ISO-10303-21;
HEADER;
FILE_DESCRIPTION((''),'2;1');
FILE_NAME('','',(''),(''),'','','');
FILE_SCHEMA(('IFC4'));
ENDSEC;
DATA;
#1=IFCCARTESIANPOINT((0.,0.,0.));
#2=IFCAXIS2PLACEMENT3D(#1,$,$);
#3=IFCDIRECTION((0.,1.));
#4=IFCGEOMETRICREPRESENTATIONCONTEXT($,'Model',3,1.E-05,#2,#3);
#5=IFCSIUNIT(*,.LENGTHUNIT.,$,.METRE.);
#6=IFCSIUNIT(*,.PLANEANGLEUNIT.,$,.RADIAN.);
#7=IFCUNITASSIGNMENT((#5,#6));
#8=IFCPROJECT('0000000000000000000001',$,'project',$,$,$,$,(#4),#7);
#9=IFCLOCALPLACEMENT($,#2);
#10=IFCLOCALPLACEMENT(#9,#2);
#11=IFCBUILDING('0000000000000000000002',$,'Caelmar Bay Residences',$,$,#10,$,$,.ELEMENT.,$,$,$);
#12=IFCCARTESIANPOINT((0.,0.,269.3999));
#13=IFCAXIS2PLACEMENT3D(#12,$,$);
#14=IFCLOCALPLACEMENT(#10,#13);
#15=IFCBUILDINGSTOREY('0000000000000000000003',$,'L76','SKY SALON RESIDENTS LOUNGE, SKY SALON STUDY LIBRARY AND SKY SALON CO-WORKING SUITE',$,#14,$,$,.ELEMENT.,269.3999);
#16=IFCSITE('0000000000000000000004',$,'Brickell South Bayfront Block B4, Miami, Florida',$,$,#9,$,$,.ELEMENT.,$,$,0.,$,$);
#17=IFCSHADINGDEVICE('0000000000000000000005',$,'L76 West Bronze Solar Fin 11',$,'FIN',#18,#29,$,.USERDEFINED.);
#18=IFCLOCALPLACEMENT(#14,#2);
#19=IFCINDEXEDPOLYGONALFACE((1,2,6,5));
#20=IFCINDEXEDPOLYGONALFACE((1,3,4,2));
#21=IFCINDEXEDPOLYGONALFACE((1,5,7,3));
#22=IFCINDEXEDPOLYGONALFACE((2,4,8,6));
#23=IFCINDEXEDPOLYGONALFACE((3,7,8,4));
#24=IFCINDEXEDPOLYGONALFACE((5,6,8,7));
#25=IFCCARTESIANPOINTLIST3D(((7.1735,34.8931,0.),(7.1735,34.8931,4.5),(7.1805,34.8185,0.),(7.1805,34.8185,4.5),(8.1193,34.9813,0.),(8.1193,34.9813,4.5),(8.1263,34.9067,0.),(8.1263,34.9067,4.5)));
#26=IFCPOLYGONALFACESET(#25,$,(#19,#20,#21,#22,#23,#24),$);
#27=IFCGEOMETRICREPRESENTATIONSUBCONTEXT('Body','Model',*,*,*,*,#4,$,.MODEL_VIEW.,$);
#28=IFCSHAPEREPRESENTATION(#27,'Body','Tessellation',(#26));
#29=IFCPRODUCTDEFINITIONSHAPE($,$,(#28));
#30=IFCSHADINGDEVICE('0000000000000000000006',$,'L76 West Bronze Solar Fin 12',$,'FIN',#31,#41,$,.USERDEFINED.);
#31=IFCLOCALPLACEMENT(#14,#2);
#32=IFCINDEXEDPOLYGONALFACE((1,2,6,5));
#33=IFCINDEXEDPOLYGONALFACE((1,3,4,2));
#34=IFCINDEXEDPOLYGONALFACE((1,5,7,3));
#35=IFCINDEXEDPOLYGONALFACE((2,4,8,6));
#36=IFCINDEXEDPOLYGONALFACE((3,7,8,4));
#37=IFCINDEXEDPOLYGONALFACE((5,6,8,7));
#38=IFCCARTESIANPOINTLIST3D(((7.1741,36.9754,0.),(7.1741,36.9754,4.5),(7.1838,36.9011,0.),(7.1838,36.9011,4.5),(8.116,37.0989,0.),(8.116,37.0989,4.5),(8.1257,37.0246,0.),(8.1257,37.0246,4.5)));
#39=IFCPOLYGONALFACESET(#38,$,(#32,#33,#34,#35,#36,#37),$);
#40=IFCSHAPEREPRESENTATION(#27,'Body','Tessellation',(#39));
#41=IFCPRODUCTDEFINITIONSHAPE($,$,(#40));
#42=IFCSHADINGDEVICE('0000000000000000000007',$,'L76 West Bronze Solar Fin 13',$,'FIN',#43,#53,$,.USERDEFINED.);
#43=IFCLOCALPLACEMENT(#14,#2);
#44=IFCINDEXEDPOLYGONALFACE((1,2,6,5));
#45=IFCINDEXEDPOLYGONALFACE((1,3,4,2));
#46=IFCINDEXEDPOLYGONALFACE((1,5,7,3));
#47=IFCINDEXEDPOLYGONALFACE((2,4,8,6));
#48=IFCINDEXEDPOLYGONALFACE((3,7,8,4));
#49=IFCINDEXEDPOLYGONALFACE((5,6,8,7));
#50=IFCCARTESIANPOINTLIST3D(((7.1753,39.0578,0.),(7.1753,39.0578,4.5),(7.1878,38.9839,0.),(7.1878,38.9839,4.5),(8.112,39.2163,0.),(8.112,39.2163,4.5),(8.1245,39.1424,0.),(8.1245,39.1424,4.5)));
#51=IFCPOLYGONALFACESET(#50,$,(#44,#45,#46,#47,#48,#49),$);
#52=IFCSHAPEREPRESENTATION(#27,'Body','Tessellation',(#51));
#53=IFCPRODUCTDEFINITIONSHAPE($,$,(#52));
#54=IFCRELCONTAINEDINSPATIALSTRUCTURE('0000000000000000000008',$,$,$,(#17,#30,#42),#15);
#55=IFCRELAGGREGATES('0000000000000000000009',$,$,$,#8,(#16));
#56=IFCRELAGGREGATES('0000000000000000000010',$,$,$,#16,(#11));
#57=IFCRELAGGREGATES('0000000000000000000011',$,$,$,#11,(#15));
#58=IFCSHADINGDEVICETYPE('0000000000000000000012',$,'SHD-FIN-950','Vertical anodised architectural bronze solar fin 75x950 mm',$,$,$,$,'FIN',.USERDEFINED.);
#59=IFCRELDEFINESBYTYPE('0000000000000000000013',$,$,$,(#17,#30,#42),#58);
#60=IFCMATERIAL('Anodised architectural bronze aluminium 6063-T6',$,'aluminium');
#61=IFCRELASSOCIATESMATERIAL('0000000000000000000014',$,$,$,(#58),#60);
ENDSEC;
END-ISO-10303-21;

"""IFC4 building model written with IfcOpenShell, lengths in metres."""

from ifc_helpers import new_model, si_unit, direction, frame, origin, origin_2d, place, context, subcontext, project, spatial, rectangle, extrude, material, material_profile, profile_set, type_object, element, save


model = new_model("IFC4")

# Units and contexts
model_context = context("Model", 3, precision=1e-05, world=origin(), true_north=direction((0.0, 1.0)))
body_context = subcontext(model_context, "Body", "Model", "MODEL_VIEW")
ifc_project = project(units=[si_unit("LENGTHUNIT", "METRE"), si_unit("PLANEANGLEUNIT", "RADIAN")], contexts=[model_context])

# Site, building, storey
site_placement = place(None, origin())
site = spatial("IfcSite", under=ifc_project, at=site_placement, Name="Brickell South Bayfront Block B4, Miami, Florida", CompositionType="ELEMENT", RefElevation=0.0)
building_placement = place(site_placement, origin())
building = spatial("IfcBuilding", under=site, at=building_placement, Name="Caelmar Bay Residences", CompositionType="ELEMENT")
storey_placement = place(building_placement, frame((0.0, 0.0, 269.3999)))
storey = spatial("IfcBuildingStorey", under=building, at=storey_placement, Name="L76", Description="SKY SALON RESIDENTS LOUNGE, SKY SALON STUDY LIBRARY AND SKY SALON CO-WORKING SUITE", CompositionType="ELEMENT", Elevation=269.3999)

# Shading devices
ifc_material_1 = material(Name="Anodised architectural bronze aluminium 6063-T6", Category="aluminium")
ifc_material_profile = material_profile(ifc_material_1, rectangle(XDim=0.075, YDim=0.95, at=origin_2d()), Name="BRONZE-FIN-75X950")
ifc_profile_set = profile_set([ifc_material_profile], Name="Anodised architectural bronze aluminium 6063-T6")
shading_device_type = type_object("IfcShadingDeviceType", Name="SHD-FIN-950", Description="Vertical anodised architectural bronze solar fin 75x950 mm", ElementType="FIN", PredefinedType="USERDEFINED", material=ifc_profile_set)
for number, where, z_axis, x_axis, name in (
    (1, (7.6499, 34.8999, 0.0), (0.0, 0.0, 1.0), (-0.092892, 0.995676, 0.0), "L76 West Bronze Solar Fin 11"),
    (2, (7.6499, 37.0, 0.0), (0.0, 0.0, 1.0), (-0.130007, 0.991513, 0.0), "L76 West Bronze Solar Fin 12"),
    (3, (7.6499, 39.1001, 0.0), (0.0, 0.0, 1.0), (-0.166769, 0.985996, 0.0), "L76 West Bronze Solar Fin 13"),
):
    element("IfcShadingDevice", number, at=place(storey_placement, frame(where, z_axis=z_axis, x_axis=x_axis)), inside=storey, type_object=shading_device_type, Name=name, ObjectType="FIN", PredefinedType="USERDEFINED", context=body_context, shape_type="SweptSolid", body=[
        extrude(rectangle(XDim=0.075, YDim=0.95, at=origin_2d()), origin(), (0.0, 0.0, 1.0), 4.5),
    ])

save(model, "model.ifc")
